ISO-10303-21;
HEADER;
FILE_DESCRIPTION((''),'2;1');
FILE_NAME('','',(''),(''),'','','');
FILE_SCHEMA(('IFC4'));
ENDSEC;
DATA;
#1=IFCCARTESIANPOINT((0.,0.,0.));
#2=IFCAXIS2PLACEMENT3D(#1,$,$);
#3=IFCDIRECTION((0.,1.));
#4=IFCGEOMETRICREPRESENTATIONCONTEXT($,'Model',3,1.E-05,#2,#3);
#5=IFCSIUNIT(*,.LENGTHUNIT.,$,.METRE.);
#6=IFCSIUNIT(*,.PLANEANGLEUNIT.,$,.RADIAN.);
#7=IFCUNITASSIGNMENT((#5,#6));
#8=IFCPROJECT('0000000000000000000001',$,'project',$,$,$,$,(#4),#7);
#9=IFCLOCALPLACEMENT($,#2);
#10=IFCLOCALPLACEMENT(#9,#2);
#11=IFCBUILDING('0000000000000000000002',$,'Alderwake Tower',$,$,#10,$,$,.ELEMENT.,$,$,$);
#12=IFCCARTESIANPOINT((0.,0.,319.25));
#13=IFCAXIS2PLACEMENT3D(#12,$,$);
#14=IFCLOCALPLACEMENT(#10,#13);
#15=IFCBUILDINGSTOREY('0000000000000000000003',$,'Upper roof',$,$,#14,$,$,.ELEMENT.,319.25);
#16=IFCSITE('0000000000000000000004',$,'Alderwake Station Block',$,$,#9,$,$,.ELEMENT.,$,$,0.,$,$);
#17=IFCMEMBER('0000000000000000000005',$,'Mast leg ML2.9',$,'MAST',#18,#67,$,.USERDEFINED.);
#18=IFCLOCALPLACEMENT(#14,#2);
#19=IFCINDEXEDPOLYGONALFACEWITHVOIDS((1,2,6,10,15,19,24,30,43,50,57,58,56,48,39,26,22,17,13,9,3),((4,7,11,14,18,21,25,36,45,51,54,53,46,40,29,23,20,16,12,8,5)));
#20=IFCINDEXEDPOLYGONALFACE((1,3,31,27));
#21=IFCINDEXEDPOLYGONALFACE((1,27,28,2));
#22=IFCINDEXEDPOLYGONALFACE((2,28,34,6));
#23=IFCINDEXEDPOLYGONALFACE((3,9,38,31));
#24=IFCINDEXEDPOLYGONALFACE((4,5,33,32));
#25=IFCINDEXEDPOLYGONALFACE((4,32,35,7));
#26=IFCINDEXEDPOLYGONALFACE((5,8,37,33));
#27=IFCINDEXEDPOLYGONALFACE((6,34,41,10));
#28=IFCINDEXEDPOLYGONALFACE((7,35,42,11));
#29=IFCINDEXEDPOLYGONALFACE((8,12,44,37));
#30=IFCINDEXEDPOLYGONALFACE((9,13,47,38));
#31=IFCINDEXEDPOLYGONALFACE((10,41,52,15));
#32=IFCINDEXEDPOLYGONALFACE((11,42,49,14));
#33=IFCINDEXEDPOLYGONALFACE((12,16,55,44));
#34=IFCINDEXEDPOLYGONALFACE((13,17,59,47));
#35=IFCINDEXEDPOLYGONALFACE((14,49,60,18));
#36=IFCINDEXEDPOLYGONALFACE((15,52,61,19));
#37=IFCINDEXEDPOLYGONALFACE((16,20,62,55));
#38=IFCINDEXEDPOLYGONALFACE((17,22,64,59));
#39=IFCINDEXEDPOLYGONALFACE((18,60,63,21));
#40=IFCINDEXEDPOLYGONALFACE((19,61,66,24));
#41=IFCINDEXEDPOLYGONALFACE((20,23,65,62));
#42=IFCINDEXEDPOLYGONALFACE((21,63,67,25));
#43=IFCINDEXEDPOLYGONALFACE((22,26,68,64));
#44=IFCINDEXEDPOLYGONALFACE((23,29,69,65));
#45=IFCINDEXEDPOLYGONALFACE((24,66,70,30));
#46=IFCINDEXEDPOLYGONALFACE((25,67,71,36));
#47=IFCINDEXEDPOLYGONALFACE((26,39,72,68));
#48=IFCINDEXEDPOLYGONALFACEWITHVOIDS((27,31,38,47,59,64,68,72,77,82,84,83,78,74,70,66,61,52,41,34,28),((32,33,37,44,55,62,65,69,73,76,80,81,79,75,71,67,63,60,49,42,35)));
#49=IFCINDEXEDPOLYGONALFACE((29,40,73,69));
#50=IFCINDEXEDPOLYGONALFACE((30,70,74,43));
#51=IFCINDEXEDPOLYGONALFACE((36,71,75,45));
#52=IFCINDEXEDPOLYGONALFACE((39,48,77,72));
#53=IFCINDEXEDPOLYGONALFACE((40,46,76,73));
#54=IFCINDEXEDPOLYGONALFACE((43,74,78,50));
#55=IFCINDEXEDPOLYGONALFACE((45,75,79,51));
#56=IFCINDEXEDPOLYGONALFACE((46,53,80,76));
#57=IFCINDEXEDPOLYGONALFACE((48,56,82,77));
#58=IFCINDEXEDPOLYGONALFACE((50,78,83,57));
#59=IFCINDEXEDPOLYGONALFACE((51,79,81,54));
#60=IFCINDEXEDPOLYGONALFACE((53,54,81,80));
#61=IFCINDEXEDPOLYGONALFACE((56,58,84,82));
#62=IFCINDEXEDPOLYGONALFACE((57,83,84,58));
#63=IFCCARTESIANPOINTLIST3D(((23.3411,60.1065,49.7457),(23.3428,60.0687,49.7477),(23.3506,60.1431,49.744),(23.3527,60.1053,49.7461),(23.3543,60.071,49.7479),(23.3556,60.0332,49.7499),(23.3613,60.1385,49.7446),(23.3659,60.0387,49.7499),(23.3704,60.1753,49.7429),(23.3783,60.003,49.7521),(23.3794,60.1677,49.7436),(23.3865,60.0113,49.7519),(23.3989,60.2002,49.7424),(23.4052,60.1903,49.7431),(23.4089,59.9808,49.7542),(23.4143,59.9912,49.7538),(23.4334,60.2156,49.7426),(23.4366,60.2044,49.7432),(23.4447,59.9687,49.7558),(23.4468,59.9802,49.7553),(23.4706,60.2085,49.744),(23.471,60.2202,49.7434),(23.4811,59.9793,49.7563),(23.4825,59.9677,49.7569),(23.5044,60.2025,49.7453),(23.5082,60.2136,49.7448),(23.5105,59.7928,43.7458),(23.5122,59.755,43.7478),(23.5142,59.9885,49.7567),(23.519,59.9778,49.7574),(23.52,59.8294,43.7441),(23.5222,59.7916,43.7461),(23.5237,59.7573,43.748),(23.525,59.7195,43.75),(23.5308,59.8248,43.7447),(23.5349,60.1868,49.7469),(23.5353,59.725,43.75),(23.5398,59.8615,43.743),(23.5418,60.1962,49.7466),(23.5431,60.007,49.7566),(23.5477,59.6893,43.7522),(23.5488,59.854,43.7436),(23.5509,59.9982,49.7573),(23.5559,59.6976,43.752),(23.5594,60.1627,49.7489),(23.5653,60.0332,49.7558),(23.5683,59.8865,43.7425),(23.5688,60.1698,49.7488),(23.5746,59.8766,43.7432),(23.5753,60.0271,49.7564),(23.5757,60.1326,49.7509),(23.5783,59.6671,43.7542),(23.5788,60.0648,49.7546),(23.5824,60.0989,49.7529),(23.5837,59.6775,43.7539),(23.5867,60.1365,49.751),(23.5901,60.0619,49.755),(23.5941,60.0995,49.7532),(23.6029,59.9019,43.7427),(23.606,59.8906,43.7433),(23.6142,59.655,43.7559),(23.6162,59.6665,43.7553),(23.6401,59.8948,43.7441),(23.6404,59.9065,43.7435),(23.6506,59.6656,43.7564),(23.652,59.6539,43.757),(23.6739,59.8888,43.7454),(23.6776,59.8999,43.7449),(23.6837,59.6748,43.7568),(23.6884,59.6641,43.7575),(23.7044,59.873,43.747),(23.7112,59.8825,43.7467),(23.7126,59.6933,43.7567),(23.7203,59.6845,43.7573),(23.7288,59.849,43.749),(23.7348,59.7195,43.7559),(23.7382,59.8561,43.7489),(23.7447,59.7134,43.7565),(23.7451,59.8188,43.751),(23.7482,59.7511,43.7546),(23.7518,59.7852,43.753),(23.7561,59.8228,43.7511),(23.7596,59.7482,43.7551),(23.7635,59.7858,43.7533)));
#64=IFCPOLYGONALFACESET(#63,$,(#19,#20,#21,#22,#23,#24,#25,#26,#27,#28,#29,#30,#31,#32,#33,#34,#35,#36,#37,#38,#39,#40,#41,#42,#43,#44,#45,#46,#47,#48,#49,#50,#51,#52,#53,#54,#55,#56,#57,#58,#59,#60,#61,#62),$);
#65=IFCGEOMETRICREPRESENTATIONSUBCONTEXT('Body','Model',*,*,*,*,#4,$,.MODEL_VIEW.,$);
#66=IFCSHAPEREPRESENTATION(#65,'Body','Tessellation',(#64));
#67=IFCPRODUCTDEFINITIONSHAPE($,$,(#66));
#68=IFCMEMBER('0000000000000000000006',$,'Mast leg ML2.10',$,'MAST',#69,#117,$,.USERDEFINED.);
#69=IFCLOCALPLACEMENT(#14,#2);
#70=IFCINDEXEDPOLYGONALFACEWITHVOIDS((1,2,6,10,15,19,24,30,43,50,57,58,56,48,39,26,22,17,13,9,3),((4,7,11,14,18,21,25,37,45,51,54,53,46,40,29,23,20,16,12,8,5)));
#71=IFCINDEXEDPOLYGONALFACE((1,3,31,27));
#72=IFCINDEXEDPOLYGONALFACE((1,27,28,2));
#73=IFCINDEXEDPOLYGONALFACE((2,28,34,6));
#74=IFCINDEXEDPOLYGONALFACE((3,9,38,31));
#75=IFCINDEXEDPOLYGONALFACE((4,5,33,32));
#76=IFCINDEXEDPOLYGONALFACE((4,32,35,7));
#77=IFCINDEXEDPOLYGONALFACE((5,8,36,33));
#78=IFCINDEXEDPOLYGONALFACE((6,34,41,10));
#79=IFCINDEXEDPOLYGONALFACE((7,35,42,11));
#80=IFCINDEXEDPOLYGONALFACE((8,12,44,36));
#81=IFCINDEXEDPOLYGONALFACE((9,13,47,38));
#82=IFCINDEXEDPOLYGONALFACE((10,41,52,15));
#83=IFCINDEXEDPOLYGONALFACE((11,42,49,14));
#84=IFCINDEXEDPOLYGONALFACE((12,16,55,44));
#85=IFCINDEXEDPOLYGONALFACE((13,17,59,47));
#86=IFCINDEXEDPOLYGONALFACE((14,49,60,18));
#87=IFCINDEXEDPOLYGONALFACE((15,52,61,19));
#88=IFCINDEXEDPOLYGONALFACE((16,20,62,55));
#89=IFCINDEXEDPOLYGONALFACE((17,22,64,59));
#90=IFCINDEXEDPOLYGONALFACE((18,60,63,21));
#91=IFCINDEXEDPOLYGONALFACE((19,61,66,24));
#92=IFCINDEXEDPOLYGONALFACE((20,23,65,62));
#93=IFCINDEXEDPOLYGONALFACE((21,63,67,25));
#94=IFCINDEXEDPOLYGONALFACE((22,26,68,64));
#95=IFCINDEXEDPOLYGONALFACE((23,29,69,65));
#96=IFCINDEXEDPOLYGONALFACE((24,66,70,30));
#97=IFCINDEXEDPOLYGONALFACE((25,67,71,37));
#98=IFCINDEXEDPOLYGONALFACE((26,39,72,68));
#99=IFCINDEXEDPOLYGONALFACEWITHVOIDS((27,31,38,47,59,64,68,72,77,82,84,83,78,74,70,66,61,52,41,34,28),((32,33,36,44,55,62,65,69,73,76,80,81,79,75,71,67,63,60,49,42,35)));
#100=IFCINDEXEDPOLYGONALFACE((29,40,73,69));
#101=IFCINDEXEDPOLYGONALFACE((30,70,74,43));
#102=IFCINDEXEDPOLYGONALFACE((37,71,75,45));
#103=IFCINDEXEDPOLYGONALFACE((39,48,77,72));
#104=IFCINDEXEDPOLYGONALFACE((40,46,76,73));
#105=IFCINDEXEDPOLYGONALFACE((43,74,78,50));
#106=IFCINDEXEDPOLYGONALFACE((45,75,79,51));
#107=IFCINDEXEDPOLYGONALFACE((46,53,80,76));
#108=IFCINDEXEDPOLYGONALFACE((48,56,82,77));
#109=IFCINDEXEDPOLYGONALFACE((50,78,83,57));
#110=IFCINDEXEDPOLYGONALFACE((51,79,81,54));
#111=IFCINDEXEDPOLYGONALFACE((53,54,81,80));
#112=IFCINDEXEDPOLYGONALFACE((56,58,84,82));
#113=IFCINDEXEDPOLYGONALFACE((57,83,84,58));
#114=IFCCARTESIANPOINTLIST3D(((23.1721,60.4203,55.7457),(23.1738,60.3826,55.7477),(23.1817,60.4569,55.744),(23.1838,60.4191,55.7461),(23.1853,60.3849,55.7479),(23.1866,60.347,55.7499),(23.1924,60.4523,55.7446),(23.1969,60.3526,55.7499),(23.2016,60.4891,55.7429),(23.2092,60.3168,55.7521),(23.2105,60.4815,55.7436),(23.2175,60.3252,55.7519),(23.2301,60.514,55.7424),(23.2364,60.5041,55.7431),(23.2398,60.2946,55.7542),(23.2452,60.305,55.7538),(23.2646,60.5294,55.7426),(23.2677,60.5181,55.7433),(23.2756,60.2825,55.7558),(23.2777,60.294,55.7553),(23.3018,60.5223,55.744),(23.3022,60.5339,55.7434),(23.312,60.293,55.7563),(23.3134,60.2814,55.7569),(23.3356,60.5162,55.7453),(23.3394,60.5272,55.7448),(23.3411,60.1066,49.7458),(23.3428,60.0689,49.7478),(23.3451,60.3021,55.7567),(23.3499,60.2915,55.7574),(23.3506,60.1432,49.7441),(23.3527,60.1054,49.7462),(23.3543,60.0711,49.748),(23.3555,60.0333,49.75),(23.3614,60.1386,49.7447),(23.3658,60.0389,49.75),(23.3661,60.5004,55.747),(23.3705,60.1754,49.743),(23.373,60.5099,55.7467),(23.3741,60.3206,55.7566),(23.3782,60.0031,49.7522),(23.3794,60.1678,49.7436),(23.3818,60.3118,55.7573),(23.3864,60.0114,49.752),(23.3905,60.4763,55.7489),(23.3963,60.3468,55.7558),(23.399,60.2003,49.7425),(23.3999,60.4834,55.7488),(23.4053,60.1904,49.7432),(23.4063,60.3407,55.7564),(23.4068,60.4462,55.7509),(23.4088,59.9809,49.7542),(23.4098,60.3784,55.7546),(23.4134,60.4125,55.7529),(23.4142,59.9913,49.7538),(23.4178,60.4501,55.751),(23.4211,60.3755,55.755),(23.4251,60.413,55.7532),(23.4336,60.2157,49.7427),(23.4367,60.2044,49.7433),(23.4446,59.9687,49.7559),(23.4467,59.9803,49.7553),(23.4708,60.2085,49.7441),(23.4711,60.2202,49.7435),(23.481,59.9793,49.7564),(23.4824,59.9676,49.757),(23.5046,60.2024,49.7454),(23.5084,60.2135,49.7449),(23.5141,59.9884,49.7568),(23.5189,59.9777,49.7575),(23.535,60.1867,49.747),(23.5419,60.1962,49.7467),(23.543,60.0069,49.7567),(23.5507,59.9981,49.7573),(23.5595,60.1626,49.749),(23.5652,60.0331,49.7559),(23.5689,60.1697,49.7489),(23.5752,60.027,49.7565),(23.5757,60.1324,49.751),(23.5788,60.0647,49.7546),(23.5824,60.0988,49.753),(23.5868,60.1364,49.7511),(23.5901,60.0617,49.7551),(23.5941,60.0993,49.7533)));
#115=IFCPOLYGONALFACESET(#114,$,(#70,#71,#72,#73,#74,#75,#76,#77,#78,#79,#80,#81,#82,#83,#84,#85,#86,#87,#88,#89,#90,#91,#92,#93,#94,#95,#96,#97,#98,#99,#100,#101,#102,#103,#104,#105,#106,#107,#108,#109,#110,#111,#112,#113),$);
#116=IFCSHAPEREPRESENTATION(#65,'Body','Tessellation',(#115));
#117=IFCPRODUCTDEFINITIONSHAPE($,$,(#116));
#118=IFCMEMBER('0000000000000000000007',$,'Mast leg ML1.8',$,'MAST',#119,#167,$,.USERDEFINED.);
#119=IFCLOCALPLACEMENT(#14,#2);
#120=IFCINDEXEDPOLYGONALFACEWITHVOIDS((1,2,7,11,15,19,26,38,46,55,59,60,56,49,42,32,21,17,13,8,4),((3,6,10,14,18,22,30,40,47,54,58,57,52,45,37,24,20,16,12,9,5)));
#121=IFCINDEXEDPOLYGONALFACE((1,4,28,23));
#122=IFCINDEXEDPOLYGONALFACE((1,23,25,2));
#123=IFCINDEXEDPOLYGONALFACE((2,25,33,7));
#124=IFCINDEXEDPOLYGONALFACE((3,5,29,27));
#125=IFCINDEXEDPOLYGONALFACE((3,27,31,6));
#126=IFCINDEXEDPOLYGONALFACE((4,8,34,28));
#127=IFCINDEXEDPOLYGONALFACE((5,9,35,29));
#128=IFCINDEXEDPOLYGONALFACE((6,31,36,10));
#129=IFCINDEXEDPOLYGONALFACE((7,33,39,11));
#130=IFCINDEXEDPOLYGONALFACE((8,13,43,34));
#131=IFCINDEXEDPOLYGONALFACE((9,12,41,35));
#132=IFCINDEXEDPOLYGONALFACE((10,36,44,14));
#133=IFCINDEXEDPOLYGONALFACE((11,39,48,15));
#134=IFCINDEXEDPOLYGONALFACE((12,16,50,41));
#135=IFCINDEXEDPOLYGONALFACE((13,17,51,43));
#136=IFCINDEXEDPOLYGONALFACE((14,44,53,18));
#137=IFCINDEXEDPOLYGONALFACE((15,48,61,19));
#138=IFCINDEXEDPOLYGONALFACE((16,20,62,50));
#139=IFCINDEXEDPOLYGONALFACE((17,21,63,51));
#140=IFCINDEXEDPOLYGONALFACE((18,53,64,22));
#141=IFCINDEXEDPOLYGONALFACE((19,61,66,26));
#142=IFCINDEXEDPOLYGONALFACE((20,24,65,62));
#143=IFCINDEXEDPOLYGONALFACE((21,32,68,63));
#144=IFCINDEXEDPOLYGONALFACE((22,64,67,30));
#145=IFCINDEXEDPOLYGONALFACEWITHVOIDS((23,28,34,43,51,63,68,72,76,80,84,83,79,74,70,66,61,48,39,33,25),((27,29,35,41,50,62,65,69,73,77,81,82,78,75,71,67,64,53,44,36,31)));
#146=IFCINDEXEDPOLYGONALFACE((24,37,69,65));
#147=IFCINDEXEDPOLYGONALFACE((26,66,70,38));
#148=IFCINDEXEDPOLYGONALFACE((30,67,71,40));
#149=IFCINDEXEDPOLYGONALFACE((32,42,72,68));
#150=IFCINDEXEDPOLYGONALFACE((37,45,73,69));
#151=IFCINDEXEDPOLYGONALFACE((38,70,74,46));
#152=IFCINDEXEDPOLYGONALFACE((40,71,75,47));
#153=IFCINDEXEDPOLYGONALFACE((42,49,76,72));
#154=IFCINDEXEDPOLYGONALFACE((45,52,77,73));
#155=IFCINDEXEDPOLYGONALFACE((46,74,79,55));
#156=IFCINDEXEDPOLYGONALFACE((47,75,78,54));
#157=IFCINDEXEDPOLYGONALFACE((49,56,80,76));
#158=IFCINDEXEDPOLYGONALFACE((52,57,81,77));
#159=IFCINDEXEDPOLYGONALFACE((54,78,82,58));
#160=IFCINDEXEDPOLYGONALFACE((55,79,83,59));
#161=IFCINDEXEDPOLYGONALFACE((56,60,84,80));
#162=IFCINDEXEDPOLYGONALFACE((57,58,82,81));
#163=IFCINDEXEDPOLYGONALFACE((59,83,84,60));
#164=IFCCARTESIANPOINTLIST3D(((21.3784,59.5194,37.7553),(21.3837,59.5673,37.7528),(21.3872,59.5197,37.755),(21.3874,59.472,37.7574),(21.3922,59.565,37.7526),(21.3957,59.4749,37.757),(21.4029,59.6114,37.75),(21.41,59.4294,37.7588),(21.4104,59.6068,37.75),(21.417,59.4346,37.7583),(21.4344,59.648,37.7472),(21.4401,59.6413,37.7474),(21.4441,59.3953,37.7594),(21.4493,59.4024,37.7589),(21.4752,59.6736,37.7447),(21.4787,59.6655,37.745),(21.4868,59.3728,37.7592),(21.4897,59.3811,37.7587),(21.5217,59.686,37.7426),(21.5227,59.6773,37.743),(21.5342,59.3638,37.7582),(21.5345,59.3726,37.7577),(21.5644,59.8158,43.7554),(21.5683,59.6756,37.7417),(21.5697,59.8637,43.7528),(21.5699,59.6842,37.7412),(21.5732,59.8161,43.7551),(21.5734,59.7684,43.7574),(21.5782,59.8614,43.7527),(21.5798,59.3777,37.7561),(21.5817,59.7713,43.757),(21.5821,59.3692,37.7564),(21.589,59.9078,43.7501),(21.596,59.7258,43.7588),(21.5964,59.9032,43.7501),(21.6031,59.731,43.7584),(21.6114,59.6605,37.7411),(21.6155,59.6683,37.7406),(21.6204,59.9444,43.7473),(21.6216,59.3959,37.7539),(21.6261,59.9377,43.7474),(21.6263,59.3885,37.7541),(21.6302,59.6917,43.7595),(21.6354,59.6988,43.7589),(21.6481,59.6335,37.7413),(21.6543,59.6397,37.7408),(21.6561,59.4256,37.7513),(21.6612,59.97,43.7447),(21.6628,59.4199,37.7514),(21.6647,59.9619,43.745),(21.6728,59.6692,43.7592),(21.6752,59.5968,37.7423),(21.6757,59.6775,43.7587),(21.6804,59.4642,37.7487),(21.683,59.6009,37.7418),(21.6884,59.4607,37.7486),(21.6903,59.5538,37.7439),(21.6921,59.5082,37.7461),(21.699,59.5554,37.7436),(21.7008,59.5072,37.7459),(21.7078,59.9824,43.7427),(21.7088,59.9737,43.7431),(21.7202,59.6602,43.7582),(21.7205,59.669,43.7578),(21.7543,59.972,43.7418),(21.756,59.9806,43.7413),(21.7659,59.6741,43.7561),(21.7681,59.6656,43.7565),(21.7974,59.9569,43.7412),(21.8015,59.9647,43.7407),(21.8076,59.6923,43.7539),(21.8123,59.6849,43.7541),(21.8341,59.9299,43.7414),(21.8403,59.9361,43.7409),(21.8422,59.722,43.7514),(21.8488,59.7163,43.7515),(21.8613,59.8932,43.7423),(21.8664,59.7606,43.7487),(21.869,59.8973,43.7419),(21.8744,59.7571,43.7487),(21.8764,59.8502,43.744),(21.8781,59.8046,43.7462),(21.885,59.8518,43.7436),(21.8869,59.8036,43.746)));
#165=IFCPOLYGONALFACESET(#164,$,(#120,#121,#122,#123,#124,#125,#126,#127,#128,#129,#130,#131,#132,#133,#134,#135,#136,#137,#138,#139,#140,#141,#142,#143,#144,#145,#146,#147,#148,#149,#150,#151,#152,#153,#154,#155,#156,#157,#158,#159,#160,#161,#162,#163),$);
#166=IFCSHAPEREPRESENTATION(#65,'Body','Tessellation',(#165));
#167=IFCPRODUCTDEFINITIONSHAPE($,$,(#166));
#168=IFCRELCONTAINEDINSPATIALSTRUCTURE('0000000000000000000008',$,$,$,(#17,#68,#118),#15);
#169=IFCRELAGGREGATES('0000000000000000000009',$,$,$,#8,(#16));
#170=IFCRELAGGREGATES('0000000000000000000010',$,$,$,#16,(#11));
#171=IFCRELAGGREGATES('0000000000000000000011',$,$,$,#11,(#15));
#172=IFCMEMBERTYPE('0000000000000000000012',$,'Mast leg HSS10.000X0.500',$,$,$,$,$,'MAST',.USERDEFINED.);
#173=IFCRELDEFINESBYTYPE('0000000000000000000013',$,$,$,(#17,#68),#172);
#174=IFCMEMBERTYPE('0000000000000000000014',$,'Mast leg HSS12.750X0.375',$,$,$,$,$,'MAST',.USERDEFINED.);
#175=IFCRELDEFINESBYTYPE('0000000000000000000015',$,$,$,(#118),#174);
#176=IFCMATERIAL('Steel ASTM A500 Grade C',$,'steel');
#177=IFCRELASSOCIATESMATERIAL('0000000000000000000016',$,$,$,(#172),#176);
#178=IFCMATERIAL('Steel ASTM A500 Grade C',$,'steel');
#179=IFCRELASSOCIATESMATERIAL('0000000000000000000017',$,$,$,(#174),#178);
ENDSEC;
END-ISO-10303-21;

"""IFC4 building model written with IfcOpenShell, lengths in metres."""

from ifc_helpers import new_model, si_unit, direction, frame, origin, origin_2d, place, context, subcontext, project, spatial, hollow_circle, extrude, material, material_profile, profile_set, type_object, element, save


model = new_model("IFC4")

# Units and contexts
model_context = context("Model", 3, precision=1e-05, world=origin(), true_north=direction((0.0, 1.0)))
body_context = subcontext(model_context, "Body", "Model", "MODEL_VIEW")
ifc_project = project(units=[si_unit("LENGTHUNIT", "METRE"), si_unit("PLANEANGLEUNIT", "RADIAN")], contexts=[model_context])

# Site, building, storey
site_placement = place(None, origin())
site = spatial("IfcSite", under=ifc_project, at=site_placement, Name="Alderwake Station Block", CompositionType="ELEMENT", RefElevation=0.0)
building_placement = place(site_placement, origin())
building = spatial("IfcBuilding", under=site, at=building_placement, Name="Alderwake Tower", CompositionType="ELEMENT")
storey_placement = place(building_placement, frame((0.0, 0.0, 319.25)))
storey = spatial("IfcBuildingStorey", under=building, at=storey_placement, Name="Upper roof", CompositionType="ELEMENT", Elevation=319.25)

# Members
ifc_material_1 = material(Name="Steel ASTM A500 Grade C", Category="steel")
ifc_material_profile_1 = material_profile(ifc_material_1, hollow_circle(Radius=0.127, WallThickness=0.0117, at=origin_2d()), Name="HSS10.000X0.500")
ifc_profile_set_1 = profile_set([ifc_material_profile_1], Name="Steel ASTM A500 Grade C")
member_type_1 = type_object("IfcMemberType", Name="Mast leg HSS10.000X0.500", ElementType="MAST", PredefinedType="USERDEFINED", material=ifc_profile_set_1)
for number, where, z_axis, x_axis, name in (
    (1, (23.6367, 59.7798, 43.75), (-0.028189, 0.052195, 0.998239), (-0.879877, -0.475202, 0.0), "Mast leg ML2.9"),
    (2, (23.4673, 60.0935, 49.75), (-0.028108, 0.052195, 0.998241), (-0.880449, -0.474141, 0.0), "Mast leg ML2.10"),
):
    element("IfcMember", number, at=place(storey_placement, frame(where, z_axis=z_axis, x_axis=x_axis)), inside=storey, type_object=member_type_1, Name=name, ObjectType="MAST", PredefinedType="USERDEFINED", context=body_context, shape_type="SweptSolid", body=[
        extrude(hollow_circle(Radius=0.127, WallThickness=0.0117, at=origin_2d()), origin(), (0.0, 0.0, 1.0), 6.0105),
    ])
ifc_material_2 = material(Name="Steel ASTM A500 Grade C", Category="steel")
ifc_material_profile_2 = material_profile(ifc_material_2, hollow_circle(Radius=0.1619, WallThickness=0.0088, at=origin_2d()), Name="HSS12.750X0.375")
ifc_profile_set_2 = profile_set([ifc_material_profile_2], Name="Steel ASTM A500 Grade C")
member_type_2 = type_object("IfcMemberType", Name="Mast leg HSS12.750X0.375", ElementType="MAST", PredefinedType="USERDEFINED", material=ifc_profile_set_2)
member_1_placement = place(storey_placement, frame((21.54, 59.5254, 37.75), z_axis=(0.030953, 0.049314, 0.998304), x_axis=(-0.846978, 0.531628, 0.0)))
element("IfcMember", 3, at=member_1_placement, inside=storey, type_object=member_type_2, Name="Mast leg ML1.8", ObjectType="MAST", PredefinedType="USERDEFINED", context=body_context, shape_type="SweptSolid", body=[
    extrude(hollow_circle(Radius=0.1619, WallThickness=0.0088, at=origin_2d()), origin(), (0.0, 0.0, 1.0), 6.0103),
])

save(model, "model.ifc")
